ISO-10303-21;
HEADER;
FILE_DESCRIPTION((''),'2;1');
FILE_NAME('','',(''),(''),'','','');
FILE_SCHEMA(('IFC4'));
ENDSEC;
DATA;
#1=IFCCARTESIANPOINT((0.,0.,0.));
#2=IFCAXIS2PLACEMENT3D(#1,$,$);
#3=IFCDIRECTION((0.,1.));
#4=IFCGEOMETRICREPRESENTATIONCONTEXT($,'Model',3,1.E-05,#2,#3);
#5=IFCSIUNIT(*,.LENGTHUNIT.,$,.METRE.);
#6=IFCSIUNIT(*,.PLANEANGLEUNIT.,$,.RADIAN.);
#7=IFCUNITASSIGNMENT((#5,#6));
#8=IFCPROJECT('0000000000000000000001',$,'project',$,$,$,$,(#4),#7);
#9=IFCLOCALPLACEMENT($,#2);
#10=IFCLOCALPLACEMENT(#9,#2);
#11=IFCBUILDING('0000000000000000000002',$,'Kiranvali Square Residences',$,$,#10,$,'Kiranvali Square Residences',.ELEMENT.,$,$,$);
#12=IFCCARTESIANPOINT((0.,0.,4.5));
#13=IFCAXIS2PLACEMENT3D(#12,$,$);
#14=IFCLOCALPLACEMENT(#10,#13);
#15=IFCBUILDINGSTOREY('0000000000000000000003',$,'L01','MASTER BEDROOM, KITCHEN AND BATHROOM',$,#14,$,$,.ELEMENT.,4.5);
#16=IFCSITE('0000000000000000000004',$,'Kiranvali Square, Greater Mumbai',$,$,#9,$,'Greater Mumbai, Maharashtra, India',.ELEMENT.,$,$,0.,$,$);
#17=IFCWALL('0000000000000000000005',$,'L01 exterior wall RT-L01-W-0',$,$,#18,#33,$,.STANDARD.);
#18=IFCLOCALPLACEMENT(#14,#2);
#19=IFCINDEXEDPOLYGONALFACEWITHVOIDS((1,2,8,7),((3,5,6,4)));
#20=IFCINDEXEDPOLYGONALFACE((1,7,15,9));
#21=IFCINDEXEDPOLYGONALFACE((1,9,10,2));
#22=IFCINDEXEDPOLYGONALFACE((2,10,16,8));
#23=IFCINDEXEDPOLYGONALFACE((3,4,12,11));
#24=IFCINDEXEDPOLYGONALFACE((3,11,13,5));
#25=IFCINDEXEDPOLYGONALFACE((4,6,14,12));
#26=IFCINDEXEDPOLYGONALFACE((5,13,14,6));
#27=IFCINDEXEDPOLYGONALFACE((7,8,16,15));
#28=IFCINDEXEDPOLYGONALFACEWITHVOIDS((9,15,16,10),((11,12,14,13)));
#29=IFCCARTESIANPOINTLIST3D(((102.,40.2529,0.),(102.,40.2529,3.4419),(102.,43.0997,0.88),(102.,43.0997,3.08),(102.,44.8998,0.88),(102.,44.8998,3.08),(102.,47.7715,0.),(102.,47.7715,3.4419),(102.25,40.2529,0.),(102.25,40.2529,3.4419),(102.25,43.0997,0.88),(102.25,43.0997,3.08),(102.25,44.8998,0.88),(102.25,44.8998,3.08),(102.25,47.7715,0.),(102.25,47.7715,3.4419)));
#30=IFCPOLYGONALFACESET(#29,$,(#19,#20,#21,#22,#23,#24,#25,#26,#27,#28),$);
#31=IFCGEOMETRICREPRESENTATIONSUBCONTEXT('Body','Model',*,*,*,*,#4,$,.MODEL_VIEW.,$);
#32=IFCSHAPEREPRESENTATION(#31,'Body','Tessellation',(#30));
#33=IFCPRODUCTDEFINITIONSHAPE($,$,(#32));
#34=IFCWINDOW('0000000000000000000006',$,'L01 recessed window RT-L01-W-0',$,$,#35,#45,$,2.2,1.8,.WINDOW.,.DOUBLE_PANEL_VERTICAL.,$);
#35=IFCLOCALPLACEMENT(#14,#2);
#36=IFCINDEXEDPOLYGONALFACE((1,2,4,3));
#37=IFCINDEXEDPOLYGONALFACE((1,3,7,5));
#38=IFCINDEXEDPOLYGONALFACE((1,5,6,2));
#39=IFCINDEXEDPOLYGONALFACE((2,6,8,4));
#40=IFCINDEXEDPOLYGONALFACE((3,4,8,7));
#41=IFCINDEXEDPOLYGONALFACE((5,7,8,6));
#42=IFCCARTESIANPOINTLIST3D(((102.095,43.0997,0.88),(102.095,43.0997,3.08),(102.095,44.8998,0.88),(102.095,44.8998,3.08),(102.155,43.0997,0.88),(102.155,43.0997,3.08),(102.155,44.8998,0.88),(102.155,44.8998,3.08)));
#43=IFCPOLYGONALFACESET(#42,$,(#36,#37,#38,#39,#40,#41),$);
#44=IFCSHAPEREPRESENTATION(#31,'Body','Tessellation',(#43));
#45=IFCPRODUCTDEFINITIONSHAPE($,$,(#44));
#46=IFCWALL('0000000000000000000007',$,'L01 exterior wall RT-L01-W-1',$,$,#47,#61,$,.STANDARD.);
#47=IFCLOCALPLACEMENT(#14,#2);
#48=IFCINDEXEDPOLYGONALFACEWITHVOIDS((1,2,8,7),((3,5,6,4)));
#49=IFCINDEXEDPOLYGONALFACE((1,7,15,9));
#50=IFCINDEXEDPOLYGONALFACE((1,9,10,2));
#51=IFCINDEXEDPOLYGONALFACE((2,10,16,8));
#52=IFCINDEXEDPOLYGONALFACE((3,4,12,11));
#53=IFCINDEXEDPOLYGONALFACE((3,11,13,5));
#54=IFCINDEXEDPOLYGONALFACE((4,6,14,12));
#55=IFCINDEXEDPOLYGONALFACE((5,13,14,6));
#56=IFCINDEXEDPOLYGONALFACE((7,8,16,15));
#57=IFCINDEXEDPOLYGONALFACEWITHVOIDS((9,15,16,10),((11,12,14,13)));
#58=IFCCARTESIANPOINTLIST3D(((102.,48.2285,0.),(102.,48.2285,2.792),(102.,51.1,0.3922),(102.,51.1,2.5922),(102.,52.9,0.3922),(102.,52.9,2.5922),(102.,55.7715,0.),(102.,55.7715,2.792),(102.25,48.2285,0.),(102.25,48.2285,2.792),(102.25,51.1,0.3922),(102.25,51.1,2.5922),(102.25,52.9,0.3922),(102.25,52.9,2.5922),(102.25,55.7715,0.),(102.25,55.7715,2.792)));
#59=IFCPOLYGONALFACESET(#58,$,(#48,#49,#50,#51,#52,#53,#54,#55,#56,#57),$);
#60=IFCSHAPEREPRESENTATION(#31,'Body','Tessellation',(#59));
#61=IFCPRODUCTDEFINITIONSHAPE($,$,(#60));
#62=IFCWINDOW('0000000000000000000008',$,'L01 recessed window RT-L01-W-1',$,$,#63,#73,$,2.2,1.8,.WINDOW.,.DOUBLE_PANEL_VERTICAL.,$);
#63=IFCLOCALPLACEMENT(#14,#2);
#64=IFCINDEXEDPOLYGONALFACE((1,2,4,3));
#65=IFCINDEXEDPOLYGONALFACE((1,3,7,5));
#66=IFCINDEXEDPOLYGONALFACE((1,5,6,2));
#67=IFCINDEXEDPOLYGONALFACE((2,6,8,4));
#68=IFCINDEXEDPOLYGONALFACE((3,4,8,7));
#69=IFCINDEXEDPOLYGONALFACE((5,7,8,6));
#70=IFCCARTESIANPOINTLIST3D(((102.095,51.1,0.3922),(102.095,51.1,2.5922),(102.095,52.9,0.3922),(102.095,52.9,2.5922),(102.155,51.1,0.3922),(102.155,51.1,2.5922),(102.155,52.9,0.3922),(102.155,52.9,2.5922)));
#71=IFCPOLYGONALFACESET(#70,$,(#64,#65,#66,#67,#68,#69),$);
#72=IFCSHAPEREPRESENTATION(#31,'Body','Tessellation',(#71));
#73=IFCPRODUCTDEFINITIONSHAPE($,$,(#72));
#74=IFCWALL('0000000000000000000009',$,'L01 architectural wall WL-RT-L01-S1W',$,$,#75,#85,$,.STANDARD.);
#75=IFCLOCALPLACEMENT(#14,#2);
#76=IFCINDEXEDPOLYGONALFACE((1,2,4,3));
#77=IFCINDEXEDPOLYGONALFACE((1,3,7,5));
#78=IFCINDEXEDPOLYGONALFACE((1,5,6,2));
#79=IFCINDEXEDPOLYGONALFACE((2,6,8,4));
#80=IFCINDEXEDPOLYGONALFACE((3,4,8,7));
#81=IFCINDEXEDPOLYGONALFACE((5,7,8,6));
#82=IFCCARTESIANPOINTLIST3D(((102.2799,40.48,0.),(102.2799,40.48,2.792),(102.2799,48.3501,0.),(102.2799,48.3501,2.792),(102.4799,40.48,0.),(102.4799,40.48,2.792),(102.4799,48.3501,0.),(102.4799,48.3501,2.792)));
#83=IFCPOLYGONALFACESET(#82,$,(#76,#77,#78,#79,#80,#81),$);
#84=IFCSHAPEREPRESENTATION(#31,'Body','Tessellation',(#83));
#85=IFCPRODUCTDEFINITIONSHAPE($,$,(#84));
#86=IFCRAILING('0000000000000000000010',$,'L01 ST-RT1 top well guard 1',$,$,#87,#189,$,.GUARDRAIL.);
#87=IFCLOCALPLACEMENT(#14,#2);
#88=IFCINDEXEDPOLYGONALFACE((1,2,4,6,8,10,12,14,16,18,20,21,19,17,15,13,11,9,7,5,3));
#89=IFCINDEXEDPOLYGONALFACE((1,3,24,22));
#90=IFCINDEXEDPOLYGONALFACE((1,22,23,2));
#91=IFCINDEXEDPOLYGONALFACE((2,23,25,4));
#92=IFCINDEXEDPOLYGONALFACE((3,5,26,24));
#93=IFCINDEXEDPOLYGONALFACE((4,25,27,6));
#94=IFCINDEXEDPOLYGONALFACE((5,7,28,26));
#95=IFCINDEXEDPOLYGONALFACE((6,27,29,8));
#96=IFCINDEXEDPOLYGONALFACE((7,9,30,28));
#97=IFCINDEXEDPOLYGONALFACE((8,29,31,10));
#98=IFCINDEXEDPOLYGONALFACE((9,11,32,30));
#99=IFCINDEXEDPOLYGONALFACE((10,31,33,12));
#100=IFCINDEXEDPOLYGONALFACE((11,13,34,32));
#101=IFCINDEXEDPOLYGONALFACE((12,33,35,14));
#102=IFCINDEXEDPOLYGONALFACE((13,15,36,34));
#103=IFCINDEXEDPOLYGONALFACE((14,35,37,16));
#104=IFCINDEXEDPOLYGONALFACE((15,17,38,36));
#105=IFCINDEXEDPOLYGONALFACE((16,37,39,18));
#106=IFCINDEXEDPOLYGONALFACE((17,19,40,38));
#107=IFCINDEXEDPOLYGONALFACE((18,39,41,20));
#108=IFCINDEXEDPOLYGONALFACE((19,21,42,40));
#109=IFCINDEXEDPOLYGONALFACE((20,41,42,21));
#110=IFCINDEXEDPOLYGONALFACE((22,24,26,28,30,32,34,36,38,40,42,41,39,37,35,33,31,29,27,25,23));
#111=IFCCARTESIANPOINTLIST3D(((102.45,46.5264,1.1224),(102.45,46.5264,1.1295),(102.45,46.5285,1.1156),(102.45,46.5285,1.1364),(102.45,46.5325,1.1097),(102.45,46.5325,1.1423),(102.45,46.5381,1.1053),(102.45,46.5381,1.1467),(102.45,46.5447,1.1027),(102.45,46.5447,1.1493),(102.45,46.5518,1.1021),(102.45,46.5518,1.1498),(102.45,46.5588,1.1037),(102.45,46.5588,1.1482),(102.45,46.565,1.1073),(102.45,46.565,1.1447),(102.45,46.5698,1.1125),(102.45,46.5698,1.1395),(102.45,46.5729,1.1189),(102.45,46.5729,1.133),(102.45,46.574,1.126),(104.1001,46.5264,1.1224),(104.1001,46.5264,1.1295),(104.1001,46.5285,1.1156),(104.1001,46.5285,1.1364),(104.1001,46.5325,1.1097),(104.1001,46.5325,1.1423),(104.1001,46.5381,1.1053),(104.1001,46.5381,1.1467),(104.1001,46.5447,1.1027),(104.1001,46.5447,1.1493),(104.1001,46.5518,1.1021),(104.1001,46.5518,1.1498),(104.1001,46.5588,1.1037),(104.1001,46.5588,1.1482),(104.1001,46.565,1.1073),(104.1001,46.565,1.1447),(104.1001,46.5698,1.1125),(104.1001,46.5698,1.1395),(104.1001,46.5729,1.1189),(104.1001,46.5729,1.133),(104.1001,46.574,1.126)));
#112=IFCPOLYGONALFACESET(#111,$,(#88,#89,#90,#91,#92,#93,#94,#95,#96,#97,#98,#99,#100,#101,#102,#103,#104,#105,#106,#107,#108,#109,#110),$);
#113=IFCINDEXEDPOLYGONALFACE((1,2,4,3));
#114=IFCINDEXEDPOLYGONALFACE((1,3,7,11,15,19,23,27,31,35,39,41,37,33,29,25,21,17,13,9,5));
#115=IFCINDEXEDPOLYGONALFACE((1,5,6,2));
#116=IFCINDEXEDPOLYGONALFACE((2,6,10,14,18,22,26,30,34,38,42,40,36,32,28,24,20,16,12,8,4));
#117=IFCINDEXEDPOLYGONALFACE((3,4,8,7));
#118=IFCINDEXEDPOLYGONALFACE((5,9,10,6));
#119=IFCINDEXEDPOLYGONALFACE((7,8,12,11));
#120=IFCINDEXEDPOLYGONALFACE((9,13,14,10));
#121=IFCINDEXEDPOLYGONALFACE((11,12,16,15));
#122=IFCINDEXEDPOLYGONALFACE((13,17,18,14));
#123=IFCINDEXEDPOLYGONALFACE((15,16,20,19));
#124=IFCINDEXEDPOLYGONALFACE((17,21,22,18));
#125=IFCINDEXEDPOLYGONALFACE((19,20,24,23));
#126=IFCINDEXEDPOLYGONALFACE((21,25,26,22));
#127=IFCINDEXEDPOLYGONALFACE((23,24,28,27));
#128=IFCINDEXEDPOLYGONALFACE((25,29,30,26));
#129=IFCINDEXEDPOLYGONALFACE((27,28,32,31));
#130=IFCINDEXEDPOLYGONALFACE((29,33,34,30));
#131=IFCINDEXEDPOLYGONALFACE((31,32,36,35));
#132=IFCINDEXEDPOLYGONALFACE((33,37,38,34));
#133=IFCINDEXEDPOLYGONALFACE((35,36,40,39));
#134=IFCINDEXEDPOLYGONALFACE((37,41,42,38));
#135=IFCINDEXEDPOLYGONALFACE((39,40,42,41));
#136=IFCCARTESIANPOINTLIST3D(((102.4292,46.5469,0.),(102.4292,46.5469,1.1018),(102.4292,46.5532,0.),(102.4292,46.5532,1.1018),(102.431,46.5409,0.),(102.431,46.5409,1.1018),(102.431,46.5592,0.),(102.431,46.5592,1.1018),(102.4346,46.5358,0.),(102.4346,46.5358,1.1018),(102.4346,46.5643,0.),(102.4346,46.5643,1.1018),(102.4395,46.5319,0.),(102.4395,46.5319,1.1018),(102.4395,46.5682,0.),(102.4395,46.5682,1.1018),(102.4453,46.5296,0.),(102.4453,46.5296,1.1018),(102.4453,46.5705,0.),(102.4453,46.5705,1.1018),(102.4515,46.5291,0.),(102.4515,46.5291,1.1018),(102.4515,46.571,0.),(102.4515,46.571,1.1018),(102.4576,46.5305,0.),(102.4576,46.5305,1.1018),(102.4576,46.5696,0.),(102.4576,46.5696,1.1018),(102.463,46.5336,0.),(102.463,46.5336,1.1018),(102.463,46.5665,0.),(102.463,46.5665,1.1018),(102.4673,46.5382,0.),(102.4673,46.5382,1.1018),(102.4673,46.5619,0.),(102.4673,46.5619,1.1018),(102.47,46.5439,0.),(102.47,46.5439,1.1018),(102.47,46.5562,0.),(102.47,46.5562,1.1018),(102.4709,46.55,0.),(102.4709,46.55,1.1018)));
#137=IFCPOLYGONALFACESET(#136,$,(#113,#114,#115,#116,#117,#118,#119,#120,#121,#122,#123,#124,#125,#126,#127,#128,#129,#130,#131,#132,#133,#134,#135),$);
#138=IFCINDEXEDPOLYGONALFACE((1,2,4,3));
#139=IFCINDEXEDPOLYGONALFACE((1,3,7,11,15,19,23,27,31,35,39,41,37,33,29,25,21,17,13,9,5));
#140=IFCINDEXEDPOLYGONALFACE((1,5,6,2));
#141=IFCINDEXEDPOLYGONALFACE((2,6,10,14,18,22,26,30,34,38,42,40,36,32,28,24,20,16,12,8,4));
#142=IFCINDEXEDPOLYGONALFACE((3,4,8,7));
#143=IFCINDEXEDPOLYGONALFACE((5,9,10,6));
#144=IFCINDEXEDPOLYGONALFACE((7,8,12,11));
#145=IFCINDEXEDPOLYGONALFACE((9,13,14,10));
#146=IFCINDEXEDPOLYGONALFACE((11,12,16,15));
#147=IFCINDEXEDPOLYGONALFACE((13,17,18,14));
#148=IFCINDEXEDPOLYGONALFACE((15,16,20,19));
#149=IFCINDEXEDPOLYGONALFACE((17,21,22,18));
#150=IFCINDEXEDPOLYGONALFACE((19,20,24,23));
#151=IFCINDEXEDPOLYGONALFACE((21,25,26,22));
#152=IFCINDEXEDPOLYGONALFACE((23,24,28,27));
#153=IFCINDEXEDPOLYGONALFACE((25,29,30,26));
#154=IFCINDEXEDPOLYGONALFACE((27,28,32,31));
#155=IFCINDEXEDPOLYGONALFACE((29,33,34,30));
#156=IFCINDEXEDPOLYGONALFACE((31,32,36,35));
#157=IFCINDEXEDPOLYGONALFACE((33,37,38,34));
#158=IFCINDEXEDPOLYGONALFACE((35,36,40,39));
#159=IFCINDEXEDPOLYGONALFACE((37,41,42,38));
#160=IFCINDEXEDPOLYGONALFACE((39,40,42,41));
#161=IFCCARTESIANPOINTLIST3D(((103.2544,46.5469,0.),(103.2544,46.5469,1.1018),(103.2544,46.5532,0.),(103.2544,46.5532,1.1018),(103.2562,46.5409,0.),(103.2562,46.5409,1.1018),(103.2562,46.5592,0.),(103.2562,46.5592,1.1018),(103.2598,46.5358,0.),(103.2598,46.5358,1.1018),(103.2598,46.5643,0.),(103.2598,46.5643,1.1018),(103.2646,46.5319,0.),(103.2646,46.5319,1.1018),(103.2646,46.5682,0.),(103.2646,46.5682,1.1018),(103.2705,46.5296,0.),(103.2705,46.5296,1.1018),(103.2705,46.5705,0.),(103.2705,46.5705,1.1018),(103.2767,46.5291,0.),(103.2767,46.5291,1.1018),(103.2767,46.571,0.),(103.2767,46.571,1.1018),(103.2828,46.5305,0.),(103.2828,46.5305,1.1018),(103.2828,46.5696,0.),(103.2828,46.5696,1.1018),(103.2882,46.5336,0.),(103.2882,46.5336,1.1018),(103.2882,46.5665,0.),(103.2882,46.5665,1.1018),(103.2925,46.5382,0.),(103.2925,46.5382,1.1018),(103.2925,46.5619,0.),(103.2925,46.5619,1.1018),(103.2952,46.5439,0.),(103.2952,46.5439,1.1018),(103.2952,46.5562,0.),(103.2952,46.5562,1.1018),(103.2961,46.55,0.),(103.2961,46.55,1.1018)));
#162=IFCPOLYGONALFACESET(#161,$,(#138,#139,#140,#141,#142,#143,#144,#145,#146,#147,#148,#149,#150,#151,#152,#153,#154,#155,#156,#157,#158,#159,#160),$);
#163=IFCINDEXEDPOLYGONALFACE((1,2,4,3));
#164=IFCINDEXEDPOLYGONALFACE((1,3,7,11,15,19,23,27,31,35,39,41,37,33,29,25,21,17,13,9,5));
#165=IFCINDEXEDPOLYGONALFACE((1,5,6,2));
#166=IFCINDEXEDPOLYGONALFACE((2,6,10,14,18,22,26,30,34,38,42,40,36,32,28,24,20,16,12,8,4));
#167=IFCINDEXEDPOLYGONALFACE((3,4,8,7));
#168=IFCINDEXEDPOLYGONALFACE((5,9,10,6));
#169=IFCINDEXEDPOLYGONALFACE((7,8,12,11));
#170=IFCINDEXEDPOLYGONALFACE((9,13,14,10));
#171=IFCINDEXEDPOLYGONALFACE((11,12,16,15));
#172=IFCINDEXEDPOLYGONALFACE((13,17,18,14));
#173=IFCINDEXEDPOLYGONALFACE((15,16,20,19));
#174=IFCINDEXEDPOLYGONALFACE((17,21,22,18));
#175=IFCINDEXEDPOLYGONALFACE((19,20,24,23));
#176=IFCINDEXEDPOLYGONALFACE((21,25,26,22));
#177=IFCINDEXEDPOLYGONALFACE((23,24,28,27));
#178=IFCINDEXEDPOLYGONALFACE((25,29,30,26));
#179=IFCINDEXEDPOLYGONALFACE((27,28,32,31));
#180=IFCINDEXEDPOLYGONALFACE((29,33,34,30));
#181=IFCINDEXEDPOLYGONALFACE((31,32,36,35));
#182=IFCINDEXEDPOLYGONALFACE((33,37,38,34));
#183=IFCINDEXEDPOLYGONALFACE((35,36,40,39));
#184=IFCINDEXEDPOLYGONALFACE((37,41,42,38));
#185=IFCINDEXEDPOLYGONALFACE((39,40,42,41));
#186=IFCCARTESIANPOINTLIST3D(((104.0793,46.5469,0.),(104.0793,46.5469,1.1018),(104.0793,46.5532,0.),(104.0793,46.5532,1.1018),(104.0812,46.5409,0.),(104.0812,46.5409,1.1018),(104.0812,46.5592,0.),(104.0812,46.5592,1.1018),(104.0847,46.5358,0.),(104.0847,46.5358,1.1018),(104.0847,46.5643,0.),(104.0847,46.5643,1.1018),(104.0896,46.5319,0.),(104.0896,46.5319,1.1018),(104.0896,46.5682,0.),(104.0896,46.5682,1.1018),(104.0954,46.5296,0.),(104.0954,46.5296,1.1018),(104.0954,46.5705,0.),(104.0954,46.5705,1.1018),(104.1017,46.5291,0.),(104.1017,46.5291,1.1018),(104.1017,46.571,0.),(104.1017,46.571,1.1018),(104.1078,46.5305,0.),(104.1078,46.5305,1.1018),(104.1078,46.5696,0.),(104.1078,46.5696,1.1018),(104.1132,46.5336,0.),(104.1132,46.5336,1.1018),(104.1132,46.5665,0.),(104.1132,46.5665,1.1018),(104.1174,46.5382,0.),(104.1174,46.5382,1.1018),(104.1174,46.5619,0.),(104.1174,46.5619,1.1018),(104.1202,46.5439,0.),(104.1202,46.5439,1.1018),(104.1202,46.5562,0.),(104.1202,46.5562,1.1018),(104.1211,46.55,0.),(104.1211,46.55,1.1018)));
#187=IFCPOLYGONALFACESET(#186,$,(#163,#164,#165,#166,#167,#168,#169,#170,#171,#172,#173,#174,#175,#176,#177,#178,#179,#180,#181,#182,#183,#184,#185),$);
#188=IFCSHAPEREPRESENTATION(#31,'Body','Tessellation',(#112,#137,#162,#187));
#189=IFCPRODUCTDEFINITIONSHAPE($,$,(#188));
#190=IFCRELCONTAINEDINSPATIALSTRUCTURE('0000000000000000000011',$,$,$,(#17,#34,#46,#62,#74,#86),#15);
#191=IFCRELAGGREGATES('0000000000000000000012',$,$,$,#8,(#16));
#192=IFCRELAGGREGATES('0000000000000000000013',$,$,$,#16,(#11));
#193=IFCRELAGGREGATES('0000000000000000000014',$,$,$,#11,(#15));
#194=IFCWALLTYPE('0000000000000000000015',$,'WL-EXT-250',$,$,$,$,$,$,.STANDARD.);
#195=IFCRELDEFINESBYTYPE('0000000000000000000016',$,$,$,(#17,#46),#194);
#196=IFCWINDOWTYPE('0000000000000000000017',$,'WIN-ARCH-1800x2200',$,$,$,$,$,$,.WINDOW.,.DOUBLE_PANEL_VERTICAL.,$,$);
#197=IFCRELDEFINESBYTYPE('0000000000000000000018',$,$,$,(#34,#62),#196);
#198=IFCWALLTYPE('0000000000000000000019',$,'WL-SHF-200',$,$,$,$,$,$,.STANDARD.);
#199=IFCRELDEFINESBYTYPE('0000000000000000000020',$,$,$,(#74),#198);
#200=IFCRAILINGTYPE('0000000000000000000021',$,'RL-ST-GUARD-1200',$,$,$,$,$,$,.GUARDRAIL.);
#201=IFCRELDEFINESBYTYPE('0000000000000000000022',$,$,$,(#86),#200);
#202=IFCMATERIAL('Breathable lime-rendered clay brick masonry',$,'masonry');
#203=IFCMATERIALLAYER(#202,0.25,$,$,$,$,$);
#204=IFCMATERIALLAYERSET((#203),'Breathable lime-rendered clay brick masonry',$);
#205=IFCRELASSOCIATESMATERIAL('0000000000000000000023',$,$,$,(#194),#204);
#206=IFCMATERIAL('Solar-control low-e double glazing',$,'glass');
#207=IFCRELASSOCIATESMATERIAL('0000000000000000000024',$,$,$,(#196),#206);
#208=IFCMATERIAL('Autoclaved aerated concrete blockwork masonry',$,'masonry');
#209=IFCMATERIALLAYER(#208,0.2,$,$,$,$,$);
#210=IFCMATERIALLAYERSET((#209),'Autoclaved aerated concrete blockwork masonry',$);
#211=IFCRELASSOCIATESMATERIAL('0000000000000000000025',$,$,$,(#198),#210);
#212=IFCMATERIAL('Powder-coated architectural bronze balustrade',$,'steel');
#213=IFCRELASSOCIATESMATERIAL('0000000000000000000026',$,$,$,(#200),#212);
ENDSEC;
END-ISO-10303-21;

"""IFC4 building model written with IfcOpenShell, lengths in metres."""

from ifc_helpers import new_model, si_unit, direction, frame, frame_2d, origin, origin_2d, place, context, subcontext, project, spatial, rectangle, circle, extrude, material, layer, layer_set, type_object, element, fill, save


model = new_model("IFC4")

# Units and contexts
model_context = context("Model", 3, precision=1e-05, world=origin(), true_north=direction((0.0, 1.0)))
body_context = subcontext(model_context, "Body", "Model", "MODEL_VIEW")
ifc_project = project(units=[si_unit("LENGTHUNIT", "METRE"), si_unit("PLANEANGLEUNIT", "RADIAN")], contexts=[model_context])

# Site, building, storey
site_placement = place(None, origin())
site = spatial("IfcSite", under=ifc_project, at=site_placement, Name="Kiranvali Square, Greater Mumbai", LongName="Greater Mumbai, Maharashtra, India", CompositionType="ELEMENT", RefElevation=0.0)
building_placement = place(site_placement, origin())
building = spatial("IfcBuilding", under=site, at=building_placement, Name="Kiranvali Square Residences", LongName="Kiranvali Square Residences", CompositionType="ELEMENT")
storey_placement = place(building_placement, frame((0.0, 0.0, 4.5)))
storey = spatial("IfcBuildingStorey", under=building, at=storey_placement, Name="L01", Description="MASTER BEDROOM, KITCHEN AND BATHROOM", CompositionType="ELEMENT", Elevation=4.5)

# Walls, openings, windows
ifc_material_1 = material(Name="Breathable lime-rendered clay brick masonry", Category="masonry")
ifc_layer_1 = layer(ifc_material_1, 0.25)
ifc_layer_set_1 = layer_set([ifc_layer_1], Name="Breathable lime-rendered clay brick masonry")
wall_type_1 = type_object("IfcWallType", Name="WL-EXT-250", PredefinedType="STANDARD", material=ifc_layer_set_1)
ifc_material_2 = material(Name="Solar-control low-e double glazing", Category="glass")
wall_1_placement = place(storey_placement, frame((102.125, 40.2529, 0.0), z_axis=(0.0, 0.0, 1.0), x_axis=(0.0, 1.0, 0.0)))
wall_1 = element("IfcWall", 1, at=wall_1_placement, inside=storey, type_object=wall_type_1, Name="L01 exterior wall RT-L01-W-0", PredefinedType="STANDARD", context=body_context, shape_type="SweptSolid", body=[
    extrude(rectangle(XDim=7.5186, YDim=0.25, at=frame_2d((3.7593, 0.0))), origin(), (0.0, 0.0, 1.0), 3.4419),
])
opening_1_placement = place(wall_1_placement, frame((2.8469, 0.0, 0.8799)))
opening_1 = element("IfcOpeningElement", 2, at=opening_1_placement, cuts=wall_1, PredefinedType="OPENING", context=body_context, shape_type="SweptSolid", body=[
    extrude(rectangle(XDim=1.8, YDim=2.2, at=frame_2d((0.8999, 1.1001))), frame((0.0, 0.135, 0.0), z_axis=(0.0, -1.0, 0.0), x_axis=(1.0, 0.0, 0.0)), (0.0, 0.0, 1.0), 0.27),
])
window_type_1 = type_object("IfcWindowType", Name="WIN-ARCH-1800x2200", PartitioningType="DOUBLE_PANEL_VERTICAL", PredefinedType="WINDOW", material=ifc_material_2)
window_1_placement = place(opening_1_placement, origin())
window_1 = element("IfcWindow", 3, at=window_1_placement, inside=storey, type_object=window_type_1, Name="L01 recessed window RT-L01-W-0", OverallHeight=2.2, OverallWidth=1.8, PartitioningType="DOUBLE_PANEL_VERTICAL", PredefinedType="WINDOW", context=body_context, shape_type="SweptSolid", body=[
    extrude(rectangle(XDim=1.8, YDim=2.2, at=frame_2d((0.8999, 1.1001))), frame((0.0, 0.03, 0.0), z_axis=(0.0, -1.0, 0.0), x_axis=(1.0, 0.0, 0.0)), (0.0, 0.0, 1.0), 0.0601),
])
fill(opening_1, window_1)
wall_2_placement = place(storey_placement, frame((102.125, 48.2285, 0.0), z_axis=(0.0, 0.0, 1.0), x_axis=(0.0, 1.0, 0.0)))
wall_2 = element("IfcWall", 4, at=wall_2_placement, inside=storey, type_object=wall_type_1, Name="L01 exterior wall RT-L01-W-1", PredefinedType="STANDARD", context=body_context, shape_type="SweptSolid", body=[
    extrude(rectangle(XDim=7.543, YDim=0.25, at=frame_2d((3.7715, 0.0))), origin(), (0.0, 0.0, 1.0), 2.792),
])
opening_2_placement = place(wall_2_placement, frame((2.8716, 0.0, 0.3921)))
opening_2 = element("IfcOpeningElement", 5, at=opening_2_placement, cuts=wall_2, PredefinedType="OPENING", context=body_context, shape_type="SweptSolid", body=[
    extrude(rectangle(XDim=1.8, YDim=2.2, at=frame_2d((0.8999, 1.1001))), frame((0.0, 0.135, 0.0), z_axis=(0.0, -1.0, 0.0), x_axis=(1.0, 0.0, 0.0)), (0.0, 0.0, 1.0), 0.27),
])
window_2_placement = place(opening_2_placement, origin())
window_2 = element("IfcWindow", 6, at=window_2_placement, inside=storey, type_object=window_type_1, Name="L01 recessed window RT-L01-W-1", OverallHeight=2.2, OverallWidth=1.8, PartitioningType="DOUBLE_PANEL_VERTICAL", PredefinedType="WINDOW", context=body_context, shape_type="SweptSolid", body=[
    extrude(rectangle(XDim=1.8, YDim=2.2, at=frame_2d((0.8999, 1.1001))), frame((0.0, 0.03, 0.0), z_axis=(0.0, -1.0, 0.0), x_axis=(1.0, 0.0, 0.0)), (0.0, 0.0, 1.0), 0.0601),
])
fill(opening_2, window_2)

# Wall
ifc_material_3 = material(Name="Autoclaved aerated concrete blockwork masonry", Category="masonry")
ifc_layer_2 = layer(ifc_material_3, 0.2)
ifc_layer_set_2 = layer_set([ifc_layer_2], Name="Autoclaved aerated concrete blockwork masonry")
wall_type_2 = type_object("IfcWallType", Name="WL-SHF-200", PredefinedType="STANDARD", material=ifc_layer_set_2)
wall_3_placement = place(storey_placement, frame((102.3799, 40.48, 0.0), z_axis=(0.0, 0.0, 1.0), x_axis=(0.0, 1.0, 0.0)))
element("IfcWall", 7, at=wall_3_placement, inside=storey, type_object=wall_type_2, Name="L01 architectural wall WL-RT-L01-S1W", PredefinedType="STANDARD", context=body_context, shape_type="SweptSolid", body=[
    extrude(rectangle(XDim=7.8701, YDim=0.2, at=frame_2d((3.9351, 0.0))), origin(), (0.0, 0.0, 1.0), 2.792),
])

# Railing
ifc_material_4 = material(Name="Powder-coated architectural bronze balustrade", Category="steel")
railing_type = type_object("IfcRailingType", Name="RL-ST-GUARD-1200", PredefinedType="GUARDRAIL", material=ifc_material_4)
railing_placement = place(storey_placement, frame((102.45, 46.55, 0.0)))
element("IfcRailing", 8, at=railing_placement, inside=storey, type_object=railing_type, Name="L01 ST-RT1 top well guard 1", PredefinedType="GUARDRAIL", context=body_context, shape_type="SweptSolid", body=[
    extrude(circle(Radius=0.0239, at=origin_2d()), frame((0.0, 0.0, 1.126), z_axis=(1.0, 0.0, 0.0), x_axis=(0.0, 1.0, 0.0)), (0.0, 0.0, 1.0), 1.6501),
    extrude(circle(Radius=0.021, at=origin_2d()), origin(), (0.0, 0.0, 1.0), 1.1018),
    extrude(circle(Radius=0.021, at=origin_2d()), frame((0.8252, 0.0, 0.0)), (0.0, 0.0, 1.0), 1.1018),
    extrude(circle(Radius=0.021, at=origin_2d()), frame((1.6501, 0.0, 0.0)), (0.0, 0.0, 1.0), 1.1018),
])

save(model, "model.ifc")
